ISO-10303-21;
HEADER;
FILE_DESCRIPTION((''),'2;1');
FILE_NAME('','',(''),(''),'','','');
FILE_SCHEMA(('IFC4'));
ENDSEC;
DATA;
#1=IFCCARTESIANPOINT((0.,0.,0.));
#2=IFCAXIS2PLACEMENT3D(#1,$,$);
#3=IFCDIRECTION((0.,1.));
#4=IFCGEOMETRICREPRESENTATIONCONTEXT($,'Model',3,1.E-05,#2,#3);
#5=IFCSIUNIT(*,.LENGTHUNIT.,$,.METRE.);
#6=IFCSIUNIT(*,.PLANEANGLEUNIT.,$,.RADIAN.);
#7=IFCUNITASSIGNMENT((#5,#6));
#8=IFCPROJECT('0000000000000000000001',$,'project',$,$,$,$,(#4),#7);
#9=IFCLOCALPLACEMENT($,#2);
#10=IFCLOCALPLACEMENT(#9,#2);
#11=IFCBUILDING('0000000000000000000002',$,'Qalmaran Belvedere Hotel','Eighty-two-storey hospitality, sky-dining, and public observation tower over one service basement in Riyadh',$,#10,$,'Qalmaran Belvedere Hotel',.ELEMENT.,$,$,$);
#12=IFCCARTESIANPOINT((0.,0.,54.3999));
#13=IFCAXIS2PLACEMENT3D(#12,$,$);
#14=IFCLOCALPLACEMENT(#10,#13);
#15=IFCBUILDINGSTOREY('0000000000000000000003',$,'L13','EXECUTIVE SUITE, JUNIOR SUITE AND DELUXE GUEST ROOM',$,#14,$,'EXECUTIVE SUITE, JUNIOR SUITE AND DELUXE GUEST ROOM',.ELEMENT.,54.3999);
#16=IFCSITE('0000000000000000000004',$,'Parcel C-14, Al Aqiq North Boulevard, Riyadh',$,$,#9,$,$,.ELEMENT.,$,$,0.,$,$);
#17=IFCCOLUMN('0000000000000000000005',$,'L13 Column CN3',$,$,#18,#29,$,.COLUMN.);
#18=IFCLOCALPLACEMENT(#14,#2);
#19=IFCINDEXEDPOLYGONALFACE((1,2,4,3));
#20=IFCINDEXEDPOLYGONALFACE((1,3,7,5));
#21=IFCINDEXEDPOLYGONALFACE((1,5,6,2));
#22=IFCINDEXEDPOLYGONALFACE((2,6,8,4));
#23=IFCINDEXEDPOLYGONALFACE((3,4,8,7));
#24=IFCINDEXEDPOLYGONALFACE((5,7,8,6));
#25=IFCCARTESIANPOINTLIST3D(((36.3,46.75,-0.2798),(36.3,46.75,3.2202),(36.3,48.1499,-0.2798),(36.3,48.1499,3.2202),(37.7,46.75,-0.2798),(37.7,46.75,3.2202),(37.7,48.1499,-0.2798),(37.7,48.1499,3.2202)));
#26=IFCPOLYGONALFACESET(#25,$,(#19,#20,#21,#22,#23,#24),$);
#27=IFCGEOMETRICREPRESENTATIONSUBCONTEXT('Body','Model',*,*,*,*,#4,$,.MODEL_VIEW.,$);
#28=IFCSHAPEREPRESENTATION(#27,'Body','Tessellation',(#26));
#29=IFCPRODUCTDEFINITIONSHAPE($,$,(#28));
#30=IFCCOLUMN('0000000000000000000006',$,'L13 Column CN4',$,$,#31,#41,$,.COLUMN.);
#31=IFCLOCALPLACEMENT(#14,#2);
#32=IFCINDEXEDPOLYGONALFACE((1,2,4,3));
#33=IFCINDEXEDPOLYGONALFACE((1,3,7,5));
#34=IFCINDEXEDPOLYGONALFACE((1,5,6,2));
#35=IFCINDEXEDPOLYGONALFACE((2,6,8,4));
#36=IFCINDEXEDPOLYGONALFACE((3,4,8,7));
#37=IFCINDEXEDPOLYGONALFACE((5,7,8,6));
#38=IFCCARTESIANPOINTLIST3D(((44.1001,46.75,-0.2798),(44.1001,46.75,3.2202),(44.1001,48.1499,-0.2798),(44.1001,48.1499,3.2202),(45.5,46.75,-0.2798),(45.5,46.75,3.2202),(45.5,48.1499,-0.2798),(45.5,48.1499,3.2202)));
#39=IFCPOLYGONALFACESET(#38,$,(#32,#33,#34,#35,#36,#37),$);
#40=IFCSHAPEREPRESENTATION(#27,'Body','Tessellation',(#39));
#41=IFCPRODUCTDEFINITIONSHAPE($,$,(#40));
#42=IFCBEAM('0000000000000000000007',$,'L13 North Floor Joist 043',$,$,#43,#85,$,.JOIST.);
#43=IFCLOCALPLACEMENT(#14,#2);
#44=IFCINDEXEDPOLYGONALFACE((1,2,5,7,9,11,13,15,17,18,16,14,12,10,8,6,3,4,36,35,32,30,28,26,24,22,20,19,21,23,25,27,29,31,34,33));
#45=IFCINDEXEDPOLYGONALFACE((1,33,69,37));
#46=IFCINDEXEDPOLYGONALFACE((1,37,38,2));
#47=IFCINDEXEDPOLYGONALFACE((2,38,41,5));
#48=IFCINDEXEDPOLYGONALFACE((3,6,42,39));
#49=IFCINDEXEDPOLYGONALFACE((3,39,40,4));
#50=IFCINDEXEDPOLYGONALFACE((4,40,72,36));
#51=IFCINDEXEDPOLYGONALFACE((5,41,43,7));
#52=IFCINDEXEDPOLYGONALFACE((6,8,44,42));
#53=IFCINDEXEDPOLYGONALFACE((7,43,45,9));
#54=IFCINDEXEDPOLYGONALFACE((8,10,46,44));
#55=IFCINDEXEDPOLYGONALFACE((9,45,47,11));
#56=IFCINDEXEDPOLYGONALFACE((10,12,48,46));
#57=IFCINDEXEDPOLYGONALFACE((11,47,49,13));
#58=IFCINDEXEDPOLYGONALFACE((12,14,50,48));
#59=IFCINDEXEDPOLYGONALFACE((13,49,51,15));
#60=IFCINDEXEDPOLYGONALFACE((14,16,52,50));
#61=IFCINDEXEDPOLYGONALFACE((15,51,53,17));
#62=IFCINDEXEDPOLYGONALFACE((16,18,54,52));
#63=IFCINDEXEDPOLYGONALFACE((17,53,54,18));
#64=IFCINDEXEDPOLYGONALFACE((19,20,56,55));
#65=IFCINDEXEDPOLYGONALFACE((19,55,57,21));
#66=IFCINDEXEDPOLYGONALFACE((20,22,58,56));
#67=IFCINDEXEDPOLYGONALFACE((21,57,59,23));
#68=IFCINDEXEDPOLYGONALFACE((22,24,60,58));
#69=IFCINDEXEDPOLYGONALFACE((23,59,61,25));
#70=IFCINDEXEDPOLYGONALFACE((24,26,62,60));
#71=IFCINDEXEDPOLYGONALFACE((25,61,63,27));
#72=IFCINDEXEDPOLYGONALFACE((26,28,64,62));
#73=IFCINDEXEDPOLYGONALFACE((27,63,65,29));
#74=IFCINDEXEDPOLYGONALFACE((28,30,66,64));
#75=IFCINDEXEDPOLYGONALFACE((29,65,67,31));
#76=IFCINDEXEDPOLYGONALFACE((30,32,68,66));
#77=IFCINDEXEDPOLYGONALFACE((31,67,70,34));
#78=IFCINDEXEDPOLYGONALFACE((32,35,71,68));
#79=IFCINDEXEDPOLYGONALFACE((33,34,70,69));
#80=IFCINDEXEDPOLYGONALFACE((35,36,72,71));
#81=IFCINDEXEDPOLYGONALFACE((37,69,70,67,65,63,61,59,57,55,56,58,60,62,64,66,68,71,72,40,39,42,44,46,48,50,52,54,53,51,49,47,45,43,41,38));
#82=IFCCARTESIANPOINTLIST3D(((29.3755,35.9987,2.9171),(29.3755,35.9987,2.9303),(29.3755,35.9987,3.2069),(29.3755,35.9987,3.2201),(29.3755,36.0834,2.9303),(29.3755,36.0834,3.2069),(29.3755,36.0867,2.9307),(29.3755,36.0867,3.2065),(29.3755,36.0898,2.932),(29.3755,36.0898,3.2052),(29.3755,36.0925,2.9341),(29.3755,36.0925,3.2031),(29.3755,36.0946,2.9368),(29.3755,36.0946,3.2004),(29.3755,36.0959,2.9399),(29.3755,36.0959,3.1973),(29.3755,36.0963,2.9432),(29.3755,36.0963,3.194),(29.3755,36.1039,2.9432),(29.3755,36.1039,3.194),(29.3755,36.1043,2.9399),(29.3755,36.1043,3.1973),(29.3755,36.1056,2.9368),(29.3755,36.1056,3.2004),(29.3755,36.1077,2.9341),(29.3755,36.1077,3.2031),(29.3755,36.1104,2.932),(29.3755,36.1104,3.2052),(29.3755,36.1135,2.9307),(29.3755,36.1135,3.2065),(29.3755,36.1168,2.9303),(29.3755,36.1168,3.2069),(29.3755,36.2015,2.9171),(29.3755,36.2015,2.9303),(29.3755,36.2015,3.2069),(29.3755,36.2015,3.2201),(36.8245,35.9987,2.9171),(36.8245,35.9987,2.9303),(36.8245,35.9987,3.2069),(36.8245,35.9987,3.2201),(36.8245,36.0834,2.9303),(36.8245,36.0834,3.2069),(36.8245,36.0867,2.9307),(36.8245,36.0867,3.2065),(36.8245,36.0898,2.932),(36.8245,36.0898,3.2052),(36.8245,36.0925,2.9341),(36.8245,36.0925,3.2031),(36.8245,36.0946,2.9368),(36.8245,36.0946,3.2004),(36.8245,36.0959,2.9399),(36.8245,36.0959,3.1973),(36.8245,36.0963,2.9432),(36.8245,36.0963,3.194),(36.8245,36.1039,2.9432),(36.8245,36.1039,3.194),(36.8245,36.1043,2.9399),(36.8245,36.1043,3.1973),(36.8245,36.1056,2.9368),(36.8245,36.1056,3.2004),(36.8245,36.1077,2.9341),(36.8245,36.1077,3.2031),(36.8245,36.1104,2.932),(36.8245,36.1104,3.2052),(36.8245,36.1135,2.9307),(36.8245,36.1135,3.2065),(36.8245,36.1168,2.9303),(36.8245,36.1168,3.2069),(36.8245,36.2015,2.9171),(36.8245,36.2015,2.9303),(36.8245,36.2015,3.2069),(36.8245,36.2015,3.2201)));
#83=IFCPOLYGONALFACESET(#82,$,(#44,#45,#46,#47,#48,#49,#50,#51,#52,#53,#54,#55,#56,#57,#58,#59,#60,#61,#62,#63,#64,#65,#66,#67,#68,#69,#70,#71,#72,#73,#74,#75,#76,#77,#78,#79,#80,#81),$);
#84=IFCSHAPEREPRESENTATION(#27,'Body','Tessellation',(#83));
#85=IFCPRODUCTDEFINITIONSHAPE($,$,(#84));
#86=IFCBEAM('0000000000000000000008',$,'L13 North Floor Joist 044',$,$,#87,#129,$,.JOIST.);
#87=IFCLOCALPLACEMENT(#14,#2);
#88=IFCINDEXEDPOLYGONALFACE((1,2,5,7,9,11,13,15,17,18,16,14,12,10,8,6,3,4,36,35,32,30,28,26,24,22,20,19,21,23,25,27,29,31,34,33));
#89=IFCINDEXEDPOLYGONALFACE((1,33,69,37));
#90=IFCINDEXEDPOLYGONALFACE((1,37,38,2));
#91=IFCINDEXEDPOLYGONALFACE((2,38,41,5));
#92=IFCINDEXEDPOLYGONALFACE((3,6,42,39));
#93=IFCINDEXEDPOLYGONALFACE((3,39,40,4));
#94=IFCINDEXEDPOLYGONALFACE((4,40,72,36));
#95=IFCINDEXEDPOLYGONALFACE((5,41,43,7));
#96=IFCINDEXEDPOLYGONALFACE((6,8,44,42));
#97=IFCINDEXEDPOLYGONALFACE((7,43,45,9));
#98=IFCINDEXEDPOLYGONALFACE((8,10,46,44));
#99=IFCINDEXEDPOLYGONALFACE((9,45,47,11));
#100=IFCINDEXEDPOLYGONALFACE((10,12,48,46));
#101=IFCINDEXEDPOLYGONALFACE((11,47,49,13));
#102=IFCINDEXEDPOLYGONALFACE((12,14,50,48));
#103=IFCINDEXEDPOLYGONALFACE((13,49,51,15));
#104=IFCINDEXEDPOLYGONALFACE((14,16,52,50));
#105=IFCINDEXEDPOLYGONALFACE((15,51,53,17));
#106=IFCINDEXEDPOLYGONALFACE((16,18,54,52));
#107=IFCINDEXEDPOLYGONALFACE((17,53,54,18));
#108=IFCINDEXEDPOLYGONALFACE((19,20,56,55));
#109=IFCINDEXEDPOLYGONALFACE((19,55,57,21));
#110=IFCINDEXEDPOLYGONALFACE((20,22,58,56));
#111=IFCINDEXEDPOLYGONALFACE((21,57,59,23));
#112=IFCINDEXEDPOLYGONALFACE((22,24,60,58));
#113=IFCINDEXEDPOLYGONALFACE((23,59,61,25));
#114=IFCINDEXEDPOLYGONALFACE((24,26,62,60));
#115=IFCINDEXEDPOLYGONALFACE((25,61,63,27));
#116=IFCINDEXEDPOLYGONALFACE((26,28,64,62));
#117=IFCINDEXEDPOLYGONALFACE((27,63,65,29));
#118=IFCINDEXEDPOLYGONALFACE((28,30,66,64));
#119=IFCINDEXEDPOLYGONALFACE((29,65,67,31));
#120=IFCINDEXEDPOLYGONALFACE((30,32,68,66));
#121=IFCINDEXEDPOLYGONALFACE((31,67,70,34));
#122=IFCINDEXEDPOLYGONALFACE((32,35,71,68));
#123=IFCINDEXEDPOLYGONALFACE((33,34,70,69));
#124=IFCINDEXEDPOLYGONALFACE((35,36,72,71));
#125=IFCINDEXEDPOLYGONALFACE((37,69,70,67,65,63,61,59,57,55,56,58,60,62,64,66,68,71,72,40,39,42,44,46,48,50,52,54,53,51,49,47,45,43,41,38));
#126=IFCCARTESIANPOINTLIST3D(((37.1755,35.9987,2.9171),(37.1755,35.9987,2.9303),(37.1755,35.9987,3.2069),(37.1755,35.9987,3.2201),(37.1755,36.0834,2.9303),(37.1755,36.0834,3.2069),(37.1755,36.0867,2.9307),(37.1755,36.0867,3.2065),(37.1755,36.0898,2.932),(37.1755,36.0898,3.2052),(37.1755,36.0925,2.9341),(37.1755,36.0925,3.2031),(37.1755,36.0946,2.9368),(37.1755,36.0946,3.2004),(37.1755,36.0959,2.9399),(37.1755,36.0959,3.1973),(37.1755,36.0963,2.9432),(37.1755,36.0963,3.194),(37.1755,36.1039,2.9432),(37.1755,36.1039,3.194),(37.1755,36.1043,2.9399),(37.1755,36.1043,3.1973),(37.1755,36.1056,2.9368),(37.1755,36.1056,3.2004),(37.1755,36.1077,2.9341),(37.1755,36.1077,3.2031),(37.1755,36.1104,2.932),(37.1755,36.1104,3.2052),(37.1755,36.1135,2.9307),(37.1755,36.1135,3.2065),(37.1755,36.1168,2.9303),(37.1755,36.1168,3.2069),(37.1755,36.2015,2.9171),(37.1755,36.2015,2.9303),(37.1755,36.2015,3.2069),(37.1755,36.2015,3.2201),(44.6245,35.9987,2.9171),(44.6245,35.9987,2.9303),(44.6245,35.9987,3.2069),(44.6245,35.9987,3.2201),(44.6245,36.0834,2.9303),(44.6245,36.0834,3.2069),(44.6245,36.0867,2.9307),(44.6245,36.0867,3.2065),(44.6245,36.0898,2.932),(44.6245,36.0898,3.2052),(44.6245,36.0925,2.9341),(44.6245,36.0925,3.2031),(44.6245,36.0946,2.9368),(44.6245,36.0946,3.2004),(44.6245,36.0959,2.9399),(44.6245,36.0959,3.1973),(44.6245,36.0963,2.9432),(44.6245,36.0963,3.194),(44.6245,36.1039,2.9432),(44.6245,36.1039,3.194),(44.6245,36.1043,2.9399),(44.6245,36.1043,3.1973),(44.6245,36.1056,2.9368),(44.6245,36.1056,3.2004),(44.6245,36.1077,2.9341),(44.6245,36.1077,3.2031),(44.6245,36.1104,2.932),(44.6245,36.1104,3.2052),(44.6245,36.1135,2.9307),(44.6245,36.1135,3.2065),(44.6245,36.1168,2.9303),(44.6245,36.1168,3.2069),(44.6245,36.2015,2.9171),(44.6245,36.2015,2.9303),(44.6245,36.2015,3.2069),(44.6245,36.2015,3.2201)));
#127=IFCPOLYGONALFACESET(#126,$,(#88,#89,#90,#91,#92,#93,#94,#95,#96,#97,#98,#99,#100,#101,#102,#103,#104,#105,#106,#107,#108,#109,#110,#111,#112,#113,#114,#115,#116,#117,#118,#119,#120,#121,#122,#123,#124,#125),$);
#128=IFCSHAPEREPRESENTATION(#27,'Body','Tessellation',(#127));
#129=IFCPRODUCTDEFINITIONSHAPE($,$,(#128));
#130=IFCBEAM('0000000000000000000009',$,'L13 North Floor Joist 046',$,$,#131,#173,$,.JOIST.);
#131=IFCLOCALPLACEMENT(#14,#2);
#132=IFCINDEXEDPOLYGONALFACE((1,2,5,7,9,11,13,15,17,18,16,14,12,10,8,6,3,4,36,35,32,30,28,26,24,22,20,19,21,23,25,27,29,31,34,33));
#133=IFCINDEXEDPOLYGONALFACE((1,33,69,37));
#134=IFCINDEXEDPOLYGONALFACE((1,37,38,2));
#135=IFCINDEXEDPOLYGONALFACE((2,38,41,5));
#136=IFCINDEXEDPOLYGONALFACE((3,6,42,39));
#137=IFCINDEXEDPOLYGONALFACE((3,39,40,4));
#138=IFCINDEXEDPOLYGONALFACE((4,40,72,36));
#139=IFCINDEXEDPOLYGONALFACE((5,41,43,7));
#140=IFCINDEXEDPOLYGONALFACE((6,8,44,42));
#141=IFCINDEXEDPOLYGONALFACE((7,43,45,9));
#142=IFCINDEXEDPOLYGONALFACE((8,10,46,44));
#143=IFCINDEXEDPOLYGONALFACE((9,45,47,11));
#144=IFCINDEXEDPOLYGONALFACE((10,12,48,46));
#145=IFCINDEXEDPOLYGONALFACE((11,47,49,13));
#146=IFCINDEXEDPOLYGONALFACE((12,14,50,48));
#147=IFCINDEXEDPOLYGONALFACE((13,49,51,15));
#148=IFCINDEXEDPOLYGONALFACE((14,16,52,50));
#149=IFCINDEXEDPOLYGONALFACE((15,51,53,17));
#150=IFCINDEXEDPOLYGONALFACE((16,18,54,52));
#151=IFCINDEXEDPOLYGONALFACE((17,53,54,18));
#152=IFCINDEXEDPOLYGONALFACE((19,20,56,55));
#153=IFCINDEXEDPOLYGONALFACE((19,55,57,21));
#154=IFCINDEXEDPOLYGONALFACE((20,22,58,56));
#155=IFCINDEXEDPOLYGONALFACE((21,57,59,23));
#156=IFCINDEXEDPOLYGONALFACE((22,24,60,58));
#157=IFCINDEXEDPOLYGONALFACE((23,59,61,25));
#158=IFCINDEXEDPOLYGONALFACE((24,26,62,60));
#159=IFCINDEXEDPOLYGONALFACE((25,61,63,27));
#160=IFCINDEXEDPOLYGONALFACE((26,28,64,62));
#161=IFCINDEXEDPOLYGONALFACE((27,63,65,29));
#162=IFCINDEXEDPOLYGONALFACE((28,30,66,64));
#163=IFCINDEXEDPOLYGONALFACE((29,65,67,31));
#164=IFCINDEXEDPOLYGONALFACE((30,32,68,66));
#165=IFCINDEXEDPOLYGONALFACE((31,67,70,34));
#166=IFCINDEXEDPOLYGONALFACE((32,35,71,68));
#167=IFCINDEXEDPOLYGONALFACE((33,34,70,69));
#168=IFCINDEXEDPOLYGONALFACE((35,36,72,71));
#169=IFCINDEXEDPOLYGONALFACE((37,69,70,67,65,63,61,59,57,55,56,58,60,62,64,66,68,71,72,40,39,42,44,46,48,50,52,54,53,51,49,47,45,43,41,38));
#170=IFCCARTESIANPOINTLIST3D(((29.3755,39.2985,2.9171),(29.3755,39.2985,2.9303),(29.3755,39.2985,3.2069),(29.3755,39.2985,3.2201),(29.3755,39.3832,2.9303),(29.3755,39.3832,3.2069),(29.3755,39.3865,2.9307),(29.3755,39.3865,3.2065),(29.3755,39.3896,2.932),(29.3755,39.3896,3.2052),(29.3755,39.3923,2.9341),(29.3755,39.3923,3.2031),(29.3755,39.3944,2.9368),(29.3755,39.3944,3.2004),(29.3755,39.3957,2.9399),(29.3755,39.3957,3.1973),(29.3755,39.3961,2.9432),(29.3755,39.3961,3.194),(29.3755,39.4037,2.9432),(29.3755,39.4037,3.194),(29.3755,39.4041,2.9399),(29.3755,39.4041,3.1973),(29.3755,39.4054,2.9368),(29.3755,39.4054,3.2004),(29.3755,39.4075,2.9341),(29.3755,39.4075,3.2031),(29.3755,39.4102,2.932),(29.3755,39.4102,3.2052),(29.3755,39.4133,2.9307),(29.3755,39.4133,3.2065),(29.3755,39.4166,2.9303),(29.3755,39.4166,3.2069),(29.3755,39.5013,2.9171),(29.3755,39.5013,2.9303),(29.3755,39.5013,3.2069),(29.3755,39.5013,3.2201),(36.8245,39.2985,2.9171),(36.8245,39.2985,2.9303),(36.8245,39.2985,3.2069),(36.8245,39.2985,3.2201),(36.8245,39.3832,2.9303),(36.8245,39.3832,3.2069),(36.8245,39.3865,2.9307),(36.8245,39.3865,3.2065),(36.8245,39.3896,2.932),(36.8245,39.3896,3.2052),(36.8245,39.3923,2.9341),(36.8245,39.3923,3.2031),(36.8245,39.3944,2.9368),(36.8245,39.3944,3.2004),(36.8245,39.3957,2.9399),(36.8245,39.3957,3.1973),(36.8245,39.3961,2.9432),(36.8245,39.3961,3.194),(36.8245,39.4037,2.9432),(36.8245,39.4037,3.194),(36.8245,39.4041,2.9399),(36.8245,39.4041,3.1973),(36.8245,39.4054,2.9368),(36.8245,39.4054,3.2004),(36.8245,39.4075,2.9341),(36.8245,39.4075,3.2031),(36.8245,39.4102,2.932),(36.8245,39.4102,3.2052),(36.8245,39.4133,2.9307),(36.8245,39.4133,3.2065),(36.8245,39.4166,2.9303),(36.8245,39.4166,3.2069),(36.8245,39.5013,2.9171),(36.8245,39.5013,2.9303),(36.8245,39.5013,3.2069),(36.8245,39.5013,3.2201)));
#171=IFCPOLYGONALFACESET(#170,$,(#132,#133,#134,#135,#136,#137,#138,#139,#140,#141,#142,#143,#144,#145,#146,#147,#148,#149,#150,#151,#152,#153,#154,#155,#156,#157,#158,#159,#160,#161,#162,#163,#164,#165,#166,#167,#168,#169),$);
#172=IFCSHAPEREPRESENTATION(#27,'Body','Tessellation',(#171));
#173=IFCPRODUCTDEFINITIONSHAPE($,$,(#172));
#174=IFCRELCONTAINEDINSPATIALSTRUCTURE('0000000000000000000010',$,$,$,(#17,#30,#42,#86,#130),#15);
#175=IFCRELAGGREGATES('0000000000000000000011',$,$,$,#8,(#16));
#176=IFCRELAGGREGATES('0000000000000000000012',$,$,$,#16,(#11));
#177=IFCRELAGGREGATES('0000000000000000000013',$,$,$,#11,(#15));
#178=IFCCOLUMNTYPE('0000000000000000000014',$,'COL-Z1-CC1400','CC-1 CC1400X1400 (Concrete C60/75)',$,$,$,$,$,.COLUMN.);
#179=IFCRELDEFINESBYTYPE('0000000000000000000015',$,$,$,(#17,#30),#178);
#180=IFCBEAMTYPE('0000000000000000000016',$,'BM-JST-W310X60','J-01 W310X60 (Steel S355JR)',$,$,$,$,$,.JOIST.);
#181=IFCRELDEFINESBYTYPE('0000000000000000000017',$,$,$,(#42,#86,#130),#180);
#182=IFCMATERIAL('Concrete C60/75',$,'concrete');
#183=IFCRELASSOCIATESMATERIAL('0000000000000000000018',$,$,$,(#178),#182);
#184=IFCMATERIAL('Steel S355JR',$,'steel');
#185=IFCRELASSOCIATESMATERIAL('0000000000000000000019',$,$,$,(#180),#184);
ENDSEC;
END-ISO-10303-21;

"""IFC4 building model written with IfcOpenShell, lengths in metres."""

from ifc_helpers import new_model, si_unit, direction, frame, origin, origin_2d, place, context, subcontext, project, spatial, rectangle, i_section, extrude, material, material_profile, profile_set, type_object, element, save


model = new_model("IFC4")

# Units and contexts
model_context = context("Model", 3, precision=1e-05, world=origin(), true_north=direction((0.0, 1.0)))
body_context = subcontext(model_context, "Body", "Model", "MODEL_VIEW")
ifc_project = project(units=[si_unit("LENGTHUNIT", "METRE"), si_unit("PLANEANGLEUNIT", "RADIAN")], contexts=[model_context])

# Site, building, storey
site_placement = place(None, origin())
site = spatial("IfcSite", under=ifc_project, at=site_placement, Name="Parcel C-14, Al Aqiq North Boulevard, Riyadh", CompositionType="ELEMENT", RefElevation=0.0)
building_placement = place(site_placement, origin())
building = spatial("IfcBuilding", under=site, at=building_placement, Name="Qalmaran Belvedere Hotel", Description="Eighty-two-storey hospitality, sky-dining, and public observation tower over one service basement in Riyadh", LongName="Qalmaran Belvedere Hotel", CompositionType="ELEMENT")
storey_placement = place(building_placement, frame((0.0, 0.0, 54.3999)))
storey = spatial("IfcBuildingStorey", under=building, at=storey_placement, Name="L13", Description="EXECUTIVE SUITE, JUNIOR SUITE AND DELUXE GUEST ROOM", LongName="EXECUTIVE SUITE, JUNIOR SUITE AND DELUXE GUEST ROOM", CompositionType="ELEMENT", Elevation=54.3999)

# Columns
ifc_material_1 = material(Name="Concrete C60/75", Category="concrete")
ifc_material_profile_1 = material_profile(ifc_material_1, rectangle(XDim=1.3999, YDim=1.3999, at=origin_2d()), Name="CC1400X1400")
ifc_profile_set_1 = profile_set([ifc_material_profile_1], Name="Concrete C60/75")
column_type = type_object("IfcColumnType", Name="COL-Z1-CC1400", Description="CC-1 CC1400X1400 (Concrete C60/75)", PredefinedType="COLUMN", material=ifc_profile_set_1)
for number, where, z_axis, x_axis, name in (
    (1, (37.0, 47.45, -0.2798), (0.0, 0.0, 1.0), (1.0, 0.0, 0.0), "L13 Column CN3"),
    (2, (44.8, 47.45, -0.2798), (0.0, 0.0, 1.0), (1.0, 0.0, 0.0), "L13 Column CN4"),
):
    element("IfcColumn", number, at=place(storey_placement, frame(where, z_axis=z_axis, x_axis=x_axis)), inside=storey, type_object=column_type, Name=name, PredefinedType="COLUMN", context=body_context, shape_type="SweptSolid", body=[
        extrude(rectangle(XDim=1.3999, YDim=1.3999, at=origin_2d()), origin(), (0.0, 0.0, 1.0), 3.5),
    ])

# Beams
ifc_material_2 = material(Name="Steel S355JR", Category="steel")
ifc_material_profile_2 = material_profile(ifc_material_2, i_section(OverallWidth=0.2029, OverallDepth=0.303, WebThickness=0.0076, FlangeThickness=0.0132, FilletRadius=0.0129, at=origin_2d()), Name="W310X60")
ifc_profile_set_2 = profile_set([ifc_material_profile_2], Name="Steel S355JR")
beam_type_1 = type_object("IfcBeamType", Name="BM-JST-W310X60", Description="J-01 W310X60 (Steel S355JR)", PredefinedType="JOIST", material=ifc_profile_set_2)
for number, where, z_axis, x_axis, name in (
    (3, (29.3755, 36.1001, 3.0686), (1.0, 0.0, 0.0), (0.0, 1.0, 0.0), "L13 North Floor Joist 043"),
    (4, (37.1755, 36.1001, 3.0686), (1.0, 0.0, 0.0), (0.0, 1.0, 0.0), "L13 North Floor Joist 044"),
    (5, (29.3755, 39.3999, 3.0686), (1.0, 0.0, 0.0), (0.0, 1.0, 0.0), "L13 North Floor Joist 046"),
):
    element("IfcBeam", number, at=place(storey_placement, frame(where, z_axis=z_axis, x_axis=x_axis)), inside=storey, type_object=beam_type_1, Name=name, PredefinedType="JOIST", context=body_context, shape_type="SweptSolid", body=[
        extrude(i_section(OverallWidth=0.2029, OverallDepth=0.303, WebThickness=0.0076, FlangeThickness=0.0132, FilletRadius=0.0129, at=origin_2d()), origin(), (0.0, 0.0, 1.0), 7.449),
    ])

save(model, "model.ifc")
